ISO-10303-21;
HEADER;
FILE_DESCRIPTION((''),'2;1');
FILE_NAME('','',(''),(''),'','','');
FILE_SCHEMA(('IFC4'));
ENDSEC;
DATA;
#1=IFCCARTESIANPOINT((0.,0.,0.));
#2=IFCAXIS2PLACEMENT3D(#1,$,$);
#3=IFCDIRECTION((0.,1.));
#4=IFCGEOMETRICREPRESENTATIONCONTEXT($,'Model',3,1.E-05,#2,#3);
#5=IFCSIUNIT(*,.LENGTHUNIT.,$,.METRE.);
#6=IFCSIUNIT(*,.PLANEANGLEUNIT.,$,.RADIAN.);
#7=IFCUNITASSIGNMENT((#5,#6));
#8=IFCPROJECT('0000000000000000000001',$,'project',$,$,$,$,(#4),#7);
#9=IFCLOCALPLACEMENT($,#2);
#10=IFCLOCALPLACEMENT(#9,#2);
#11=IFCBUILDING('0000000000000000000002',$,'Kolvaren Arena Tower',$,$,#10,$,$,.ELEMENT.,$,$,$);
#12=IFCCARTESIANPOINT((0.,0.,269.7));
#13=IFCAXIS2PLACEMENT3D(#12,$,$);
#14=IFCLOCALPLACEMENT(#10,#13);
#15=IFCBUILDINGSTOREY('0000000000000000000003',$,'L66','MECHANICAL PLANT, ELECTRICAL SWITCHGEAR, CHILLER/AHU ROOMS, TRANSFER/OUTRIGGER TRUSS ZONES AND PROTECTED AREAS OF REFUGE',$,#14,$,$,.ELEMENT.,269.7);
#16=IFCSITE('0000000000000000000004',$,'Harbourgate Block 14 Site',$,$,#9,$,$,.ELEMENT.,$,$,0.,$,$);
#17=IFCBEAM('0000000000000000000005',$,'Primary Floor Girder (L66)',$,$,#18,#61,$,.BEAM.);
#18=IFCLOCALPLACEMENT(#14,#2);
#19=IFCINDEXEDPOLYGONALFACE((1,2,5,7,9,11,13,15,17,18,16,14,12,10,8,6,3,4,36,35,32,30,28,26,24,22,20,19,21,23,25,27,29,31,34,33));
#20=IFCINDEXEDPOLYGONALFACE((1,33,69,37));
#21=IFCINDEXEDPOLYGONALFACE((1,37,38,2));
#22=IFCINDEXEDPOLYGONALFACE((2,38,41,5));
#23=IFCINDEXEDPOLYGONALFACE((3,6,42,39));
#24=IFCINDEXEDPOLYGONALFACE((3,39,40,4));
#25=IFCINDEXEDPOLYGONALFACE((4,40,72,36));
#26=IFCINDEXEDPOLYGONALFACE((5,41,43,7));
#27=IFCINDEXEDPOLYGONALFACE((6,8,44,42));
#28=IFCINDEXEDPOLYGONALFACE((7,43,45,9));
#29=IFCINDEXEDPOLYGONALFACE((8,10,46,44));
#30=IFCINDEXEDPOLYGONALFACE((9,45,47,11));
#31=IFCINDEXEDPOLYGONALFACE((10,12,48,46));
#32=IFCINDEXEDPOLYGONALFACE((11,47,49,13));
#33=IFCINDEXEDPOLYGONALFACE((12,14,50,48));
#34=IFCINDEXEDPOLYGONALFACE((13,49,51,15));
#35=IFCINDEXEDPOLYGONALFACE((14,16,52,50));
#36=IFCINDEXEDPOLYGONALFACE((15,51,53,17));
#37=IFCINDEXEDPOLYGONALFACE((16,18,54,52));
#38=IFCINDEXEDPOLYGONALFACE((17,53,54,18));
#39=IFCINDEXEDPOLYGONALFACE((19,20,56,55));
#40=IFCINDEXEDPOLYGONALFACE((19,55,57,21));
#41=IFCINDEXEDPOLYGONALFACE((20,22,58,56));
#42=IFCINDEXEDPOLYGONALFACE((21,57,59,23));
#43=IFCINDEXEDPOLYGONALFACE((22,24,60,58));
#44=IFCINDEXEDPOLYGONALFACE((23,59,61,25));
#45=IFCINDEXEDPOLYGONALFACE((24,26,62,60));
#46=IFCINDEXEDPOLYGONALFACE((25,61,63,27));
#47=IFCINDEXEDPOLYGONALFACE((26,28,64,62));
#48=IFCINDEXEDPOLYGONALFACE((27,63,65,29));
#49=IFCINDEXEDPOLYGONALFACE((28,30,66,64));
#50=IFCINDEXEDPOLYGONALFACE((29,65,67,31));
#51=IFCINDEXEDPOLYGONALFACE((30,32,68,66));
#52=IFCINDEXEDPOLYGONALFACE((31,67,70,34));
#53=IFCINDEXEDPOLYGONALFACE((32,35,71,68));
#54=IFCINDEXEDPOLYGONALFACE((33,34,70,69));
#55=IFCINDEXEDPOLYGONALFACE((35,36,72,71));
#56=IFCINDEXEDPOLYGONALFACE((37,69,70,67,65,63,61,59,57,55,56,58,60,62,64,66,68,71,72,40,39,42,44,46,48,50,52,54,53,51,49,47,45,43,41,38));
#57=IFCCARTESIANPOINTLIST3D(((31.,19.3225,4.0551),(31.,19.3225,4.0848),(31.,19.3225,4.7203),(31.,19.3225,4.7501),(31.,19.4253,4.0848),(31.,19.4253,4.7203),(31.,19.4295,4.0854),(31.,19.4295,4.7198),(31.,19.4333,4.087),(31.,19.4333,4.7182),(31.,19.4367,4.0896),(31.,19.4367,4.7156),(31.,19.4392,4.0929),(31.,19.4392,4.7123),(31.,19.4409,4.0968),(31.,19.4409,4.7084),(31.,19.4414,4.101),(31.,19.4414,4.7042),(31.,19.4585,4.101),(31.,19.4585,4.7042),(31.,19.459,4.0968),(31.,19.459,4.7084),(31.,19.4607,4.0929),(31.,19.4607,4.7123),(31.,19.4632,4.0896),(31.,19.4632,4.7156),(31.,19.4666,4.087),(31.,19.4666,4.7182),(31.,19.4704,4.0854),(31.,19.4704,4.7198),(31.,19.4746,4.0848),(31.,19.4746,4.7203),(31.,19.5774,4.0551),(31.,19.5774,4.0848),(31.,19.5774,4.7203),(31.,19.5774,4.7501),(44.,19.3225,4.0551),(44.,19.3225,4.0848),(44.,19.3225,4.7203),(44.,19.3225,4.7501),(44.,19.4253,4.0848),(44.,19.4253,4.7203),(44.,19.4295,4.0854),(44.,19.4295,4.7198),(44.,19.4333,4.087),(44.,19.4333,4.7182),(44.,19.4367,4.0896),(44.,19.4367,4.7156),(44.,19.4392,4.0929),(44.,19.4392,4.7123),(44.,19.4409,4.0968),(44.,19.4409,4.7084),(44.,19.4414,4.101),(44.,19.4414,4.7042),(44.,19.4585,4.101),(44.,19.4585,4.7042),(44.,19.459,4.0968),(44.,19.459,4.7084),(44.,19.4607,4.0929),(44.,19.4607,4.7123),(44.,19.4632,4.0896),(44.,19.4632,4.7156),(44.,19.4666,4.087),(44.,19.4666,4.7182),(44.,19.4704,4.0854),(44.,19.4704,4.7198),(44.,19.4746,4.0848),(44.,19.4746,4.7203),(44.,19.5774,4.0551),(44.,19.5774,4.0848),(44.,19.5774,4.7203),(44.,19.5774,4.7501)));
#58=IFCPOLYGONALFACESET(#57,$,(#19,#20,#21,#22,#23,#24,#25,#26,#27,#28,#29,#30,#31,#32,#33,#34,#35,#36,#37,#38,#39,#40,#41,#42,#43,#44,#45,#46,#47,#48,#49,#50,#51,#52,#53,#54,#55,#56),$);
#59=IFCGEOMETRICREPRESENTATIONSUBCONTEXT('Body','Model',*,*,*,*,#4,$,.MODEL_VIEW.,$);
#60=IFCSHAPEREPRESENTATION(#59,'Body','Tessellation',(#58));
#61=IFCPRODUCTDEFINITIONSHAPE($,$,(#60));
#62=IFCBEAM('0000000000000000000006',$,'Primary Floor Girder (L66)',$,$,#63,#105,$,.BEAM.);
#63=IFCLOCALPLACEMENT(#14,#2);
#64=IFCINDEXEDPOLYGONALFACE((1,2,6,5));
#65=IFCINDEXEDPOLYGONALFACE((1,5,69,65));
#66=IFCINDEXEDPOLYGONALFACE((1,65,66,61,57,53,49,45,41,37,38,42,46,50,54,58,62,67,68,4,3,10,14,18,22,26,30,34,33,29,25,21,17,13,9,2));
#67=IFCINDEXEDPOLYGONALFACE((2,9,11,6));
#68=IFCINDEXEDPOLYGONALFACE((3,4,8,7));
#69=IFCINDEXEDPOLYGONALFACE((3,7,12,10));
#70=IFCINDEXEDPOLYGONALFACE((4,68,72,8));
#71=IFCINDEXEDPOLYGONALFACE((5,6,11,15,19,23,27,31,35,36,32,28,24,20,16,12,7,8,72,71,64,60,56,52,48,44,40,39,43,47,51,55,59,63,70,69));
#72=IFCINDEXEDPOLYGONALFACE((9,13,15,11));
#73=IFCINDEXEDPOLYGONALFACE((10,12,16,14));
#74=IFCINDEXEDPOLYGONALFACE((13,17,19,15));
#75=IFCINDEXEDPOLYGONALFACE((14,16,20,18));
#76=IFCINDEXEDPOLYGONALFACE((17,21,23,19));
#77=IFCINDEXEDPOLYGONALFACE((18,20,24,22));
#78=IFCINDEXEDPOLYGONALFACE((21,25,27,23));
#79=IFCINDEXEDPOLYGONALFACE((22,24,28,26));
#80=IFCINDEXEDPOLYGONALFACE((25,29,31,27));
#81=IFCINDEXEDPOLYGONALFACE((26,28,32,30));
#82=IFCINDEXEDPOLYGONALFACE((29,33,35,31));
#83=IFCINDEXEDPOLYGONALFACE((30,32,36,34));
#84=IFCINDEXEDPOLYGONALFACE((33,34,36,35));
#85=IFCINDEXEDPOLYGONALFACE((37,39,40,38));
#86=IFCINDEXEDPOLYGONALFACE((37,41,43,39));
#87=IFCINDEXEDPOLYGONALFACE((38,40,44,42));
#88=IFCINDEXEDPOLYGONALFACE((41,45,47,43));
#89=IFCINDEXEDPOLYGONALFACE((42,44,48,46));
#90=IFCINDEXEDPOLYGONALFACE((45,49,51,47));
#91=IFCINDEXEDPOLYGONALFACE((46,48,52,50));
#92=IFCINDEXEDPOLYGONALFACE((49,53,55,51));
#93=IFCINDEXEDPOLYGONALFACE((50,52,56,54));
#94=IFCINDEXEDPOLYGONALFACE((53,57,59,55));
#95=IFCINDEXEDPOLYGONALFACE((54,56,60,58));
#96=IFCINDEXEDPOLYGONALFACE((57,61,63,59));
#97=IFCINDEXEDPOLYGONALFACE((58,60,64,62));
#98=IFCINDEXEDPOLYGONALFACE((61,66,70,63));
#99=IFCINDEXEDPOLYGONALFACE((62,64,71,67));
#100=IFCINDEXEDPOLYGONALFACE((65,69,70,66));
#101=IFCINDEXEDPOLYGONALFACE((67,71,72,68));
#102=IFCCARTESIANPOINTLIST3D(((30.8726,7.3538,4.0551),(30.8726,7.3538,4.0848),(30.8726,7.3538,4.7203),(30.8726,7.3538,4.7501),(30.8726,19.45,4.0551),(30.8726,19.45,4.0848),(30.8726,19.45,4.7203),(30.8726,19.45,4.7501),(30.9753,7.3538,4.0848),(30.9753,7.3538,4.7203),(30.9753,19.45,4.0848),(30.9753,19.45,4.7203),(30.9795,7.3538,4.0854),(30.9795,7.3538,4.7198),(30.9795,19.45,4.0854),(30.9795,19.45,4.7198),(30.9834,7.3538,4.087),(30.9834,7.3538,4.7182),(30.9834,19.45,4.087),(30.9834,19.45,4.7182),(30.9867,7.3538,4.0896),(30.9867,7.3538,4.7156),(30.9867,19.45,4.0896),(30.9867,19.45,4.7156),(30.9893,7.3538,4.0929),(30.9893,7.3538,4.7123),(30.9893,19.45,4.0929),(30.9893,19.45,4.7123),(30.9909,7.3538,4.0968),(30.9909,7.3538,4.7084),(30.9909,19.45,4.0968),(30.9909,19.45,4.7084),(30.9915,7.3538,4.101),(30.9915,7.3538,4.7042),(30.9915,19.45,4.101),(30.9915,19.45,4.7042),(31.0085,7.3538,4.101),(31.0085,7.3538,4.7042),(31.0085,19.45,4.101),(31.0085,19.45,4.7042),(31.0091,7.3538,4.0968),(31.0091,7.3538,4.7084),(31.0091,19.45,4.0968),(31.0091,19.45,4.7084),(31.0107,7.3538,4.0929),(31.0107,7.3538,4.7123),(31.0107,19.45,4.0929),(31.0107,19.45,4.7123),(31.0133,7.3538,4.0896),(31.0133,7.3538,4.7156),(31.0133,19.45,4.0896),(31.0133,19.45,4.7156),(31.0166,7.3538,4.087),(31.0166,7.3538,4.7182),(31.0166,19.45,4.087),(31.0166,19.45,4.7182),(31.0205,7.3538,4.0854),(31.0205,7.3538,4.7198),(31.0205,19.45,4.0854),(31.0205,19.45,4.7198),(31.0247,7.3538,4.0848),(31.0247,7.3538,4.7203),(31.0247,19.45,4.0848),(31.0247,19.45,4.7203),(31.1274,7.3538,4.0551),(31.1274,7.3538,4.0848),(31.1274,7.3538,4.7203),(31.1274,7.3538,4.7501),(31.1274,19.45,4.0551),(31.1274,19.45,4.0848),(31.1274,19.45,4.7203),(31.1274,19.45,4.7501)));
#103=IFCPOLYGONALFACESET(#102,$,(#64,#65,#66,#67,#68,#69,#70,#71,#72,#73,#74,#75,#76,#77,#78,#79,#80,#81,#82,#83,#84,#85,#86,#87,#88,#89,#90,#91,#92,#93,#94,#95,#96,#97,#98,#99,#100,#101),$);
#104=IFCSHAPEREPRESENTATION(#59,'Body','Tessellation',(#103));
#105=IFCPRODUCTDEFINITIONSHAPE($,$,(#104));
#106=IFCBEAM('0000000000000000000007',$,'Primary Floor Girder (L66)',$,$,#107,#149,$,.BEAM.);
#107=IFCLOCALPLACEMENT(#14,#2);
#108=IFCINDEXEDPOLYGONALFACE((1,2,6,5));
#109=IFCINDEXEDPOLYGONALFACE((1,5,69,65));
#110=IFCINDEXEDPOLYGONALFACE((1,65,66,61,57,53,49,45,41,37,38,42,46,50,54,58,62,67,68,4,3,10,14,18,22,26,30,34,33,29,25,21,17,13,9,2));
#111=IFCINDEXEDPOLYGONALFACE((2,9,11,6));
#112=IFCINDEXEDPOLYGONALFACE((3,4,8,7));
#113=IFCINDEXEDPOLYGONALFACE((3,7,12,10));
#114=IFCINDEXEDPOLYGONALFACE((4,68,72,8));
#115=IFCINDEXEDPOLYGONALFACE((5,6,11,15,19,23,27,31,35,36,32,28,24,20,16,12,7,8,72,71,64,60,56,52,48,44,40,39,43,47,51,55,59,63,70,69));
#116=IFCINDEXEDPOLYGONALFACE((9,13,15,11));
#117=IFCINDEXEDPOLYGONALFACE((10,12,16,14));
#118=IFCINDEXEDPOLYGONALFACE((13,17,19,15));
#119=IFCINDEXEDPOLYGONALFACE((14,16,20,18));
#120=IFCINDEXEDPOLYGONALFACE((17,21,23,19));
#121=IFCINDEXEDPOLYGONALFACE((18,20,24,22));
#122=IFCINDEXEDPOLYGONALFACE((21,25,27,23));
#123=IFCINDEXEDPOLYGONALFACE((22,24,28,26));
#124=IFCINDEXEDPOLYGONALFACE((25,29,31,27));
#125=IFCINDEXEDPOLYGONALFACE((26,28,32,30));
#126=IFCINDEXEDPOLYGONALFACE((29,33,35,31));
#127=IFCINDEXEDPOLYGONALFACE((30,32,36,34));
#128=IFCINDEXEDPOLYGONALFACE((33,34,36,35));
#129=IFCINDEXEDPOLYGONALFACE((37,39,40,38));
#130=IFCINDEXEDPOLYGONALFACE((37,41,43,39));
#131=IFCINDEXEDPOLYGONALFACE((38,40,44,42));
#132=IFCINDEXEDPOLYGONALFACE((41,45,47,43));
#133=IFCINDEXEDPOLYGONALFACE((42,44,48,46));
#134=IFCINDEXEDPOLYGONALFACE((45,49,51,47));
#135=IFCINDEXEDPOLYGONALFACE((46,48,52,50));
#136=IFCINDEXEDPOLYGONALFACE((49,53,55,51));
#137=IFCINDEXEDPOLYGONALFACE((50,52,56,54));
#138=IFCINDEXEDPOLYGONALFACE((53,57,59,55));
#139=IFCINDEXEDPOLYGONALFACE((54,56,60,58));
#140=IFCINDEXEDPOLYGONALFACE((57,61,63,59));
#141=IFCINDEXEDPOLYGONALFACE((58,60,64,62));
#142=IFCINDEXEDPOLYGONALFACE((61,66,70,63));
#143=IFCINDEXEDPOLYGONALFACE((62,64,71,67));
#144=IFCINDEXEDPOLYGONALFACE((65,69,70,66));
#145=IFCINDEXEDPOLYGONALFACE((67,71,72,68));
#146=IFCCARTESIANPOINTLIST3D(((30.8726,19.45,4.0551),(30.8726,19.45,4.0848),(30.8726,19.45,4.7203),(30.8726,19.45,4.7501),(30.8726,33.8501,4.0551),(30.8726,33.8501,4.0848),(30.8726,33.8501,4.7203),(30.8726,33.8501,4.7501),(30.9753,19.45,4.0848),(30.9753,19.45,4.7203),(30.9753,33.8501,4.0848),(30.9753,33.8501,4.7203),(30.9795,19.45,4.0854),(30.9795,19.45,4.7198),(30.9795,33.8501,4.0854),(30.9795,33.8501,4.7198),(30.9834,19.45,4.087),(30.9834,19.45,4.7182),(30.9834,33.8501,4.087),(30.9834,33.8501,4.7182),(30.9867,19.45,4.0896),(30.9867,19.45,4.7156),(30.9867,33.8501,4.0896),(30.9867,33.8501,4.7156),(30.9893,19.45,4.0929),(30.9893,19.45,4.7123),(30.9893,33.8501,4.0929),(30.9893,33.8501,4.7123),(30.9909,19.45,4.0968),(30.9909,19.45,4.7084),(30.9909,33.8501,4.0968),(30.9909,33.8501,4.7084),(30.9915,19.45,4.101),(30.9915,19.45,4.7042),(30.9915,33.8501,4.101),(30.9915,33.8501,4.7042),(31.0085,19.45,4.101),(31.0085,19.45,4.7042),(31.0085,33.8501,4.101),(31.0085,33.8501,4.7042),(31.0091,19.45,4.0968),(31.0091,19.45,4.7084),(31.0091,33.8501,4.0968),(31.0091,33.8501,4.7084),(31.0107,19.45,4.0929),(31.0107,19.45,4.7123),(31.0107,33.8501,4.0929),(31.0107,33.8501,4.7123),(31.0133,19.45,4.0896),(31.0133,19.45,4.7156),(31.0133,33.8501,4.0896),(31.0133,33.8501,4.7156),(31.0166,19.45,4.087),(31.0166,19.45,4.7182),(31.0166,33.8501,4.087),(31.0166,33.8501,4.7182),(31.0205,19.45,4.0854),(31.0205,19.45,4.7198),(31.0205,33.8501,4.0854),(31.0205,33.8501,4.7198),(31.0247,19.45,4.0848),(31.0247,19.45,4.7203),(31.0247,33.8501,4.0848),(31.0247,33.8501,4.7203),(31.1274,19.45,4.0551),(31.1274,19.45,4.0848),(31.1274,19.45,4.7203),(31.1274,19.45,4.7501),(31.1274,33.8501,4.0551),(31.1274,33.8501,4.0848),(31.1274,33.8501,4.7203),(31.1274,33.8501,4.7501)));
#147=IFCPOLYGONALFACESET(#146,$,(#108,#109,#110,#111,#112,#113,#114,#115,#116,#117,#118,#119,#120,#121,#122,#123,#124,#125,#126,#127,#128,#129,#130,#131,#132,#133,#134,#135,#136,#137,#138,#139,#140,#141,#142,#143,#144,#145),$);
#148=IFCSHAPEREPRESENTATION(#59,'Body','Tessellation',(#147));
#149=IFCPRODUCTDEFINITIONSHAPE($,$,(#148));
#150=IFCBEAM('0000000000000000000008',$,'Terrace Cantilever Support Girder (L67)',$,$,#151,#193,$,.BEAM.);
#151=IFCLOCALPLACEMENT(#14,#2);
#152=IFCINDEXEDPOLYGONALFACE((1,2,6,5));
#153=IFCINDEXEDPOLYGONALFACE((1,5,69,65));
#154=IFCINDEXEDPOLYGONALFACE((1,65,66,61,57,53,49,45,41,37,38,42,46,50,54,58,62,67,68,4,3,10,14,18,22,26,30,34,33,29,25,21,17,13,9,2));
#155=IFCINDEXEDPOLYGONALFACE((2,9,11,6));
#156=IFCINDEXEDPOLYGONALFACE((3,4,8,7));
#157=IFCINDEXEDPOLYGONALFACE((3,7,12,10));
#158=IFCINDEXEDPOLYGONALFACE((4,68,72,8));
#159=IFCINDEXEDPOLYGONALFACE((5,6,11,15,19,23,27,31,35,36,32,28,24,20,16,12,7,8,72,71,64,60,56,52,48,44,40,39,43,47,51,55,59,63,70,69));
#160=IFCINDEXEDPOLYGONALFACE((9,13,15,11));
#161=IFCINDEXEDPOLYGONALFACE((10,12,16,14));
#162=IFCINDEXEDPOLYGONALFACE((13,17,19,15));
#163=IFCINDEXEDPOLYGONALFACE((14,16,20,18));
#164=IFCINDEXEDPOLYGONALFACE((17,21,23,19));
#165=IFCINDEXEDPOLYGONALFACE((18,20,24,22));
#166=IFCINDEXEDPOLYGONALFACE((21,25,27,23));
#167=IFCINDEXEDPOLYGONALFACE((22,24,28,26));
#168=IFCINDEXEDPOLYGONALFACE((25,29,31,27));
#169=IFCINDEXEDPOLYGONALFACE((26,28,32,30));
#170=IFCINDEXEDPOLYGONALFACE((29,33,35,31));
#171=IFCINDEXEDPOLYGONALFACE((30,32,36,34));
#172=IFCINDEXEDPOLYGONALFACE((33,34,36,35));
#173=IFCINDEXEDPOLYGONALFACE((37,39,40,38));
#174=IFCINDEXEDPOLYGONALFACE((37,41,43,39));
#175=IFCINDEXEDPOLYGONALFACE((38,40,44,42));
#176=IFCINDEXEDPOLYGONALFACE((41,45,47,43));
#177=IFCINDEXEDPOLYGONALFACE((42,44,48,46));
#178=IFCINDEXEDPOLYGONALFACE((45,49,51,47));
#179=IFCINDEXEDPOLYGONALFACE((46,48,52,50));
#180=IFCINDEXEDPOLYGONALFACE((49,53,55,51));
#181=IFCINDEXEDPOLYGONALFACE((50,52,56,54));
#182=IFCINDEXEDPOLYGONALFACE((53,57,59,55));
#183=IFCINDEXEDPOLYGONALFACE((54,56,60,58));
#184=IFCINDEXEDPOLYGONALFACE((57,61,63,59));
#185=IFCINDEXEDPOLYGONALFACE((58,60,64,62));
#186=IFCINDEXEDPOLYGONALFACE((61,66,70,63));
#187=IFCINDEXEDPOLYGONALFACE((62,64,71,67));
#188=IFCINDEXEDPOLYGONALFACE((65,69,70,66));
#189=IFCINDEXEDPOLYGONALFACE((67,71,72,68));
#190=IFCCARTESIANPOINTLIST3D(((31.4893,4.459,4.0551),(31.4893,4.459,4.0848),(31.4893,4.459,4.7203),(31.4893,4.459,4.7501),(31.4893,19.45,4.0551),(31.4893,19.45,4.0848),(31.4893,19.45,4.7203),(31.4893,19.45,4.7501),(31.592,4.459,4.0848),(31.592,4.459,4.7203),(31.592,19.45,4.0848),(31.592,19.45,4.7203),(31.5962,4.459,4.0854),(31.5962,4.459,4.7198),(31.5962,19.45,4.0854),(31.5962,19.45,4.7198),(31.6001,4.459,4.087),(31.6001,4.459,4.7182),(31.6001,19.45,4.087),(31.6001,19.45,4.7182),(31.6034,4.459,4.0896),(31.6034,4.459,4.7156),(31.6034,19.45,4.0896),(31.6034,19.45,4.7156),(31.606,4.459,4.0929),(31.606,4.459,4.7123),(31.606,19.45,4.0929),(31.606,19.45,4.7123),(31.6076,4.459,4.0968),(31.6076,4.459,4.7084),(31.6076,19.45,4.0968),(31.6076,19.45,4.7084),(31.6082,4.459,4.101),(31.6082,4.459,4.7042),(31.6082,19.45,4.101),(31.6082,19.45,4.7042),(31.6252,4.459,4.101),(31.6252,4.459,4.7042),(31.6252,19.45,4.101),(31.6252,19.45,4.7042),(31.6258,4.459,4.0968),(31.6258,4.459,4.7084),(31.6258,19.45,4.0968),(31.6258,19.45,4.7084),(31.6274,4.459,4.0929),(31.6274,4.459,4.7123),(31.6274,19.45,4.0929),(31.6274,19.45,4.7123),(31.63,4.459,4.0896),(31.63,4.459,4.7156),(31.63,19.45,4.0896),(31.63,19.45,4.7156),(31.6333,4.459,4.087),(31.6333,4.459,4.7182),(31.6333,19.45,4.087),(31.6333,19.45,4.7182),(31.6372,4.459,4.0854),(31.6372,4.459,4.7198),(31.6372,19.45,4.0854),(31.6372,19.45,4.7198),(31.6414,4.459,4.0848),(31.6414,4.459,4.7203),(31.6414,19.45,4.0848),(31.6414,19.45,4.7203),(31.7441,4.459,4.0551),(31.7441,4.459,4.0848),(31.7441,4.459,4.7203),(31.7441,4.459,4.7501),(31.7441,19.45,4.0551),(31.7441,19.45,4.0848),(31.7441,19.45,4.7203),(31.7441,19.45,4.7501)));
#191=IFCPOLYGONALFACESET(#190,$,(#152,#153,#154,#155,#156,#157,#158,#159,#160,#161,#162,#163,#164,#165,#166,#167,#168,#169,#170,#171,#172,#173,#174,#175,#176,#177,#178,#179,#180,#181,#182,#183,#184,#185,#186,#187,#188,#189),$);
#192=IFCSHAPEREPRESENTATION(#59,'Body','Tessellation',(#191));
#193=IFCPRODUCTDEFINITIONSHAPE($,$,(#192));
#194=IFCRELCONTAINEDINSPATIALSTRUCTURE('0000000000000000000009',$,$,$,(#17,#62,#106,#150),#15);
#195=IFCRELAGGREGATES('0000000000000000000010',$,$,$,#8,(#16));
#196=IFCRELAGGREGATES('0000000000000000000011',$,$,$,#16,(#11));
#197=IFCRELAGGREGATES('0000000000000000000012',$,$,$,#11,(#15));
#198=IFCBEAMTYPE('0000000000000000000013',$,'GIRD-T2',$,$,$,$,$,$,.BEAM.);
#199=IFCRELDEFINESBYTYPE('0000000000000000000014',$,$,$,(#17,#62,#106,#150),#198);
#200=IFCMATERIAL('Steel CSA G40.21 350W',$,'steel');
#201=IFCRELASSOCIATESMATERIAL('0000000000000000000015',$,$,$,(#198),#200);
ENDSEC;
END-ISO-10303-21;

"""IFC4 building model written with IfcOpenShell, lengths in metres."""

from ifc_helpers import new_model, si_unit, direction, frame, origin, origin_2d, place, context, subcontext, project, spatial, i_section, extrude, material, material_profile, profile_set, type_object, element, save


model = new_model("IFC4")

# Units and contexts
model_context = context("Model", 3, precision=1e-05, world=origin(), true_north=direction((0.0, 1.0)))
body_context = subcontext(model_context, "Body", "Model", "MODEL_VIEW")
ifc_project = project(units=[si_unit("LENGTHUNIT", "METRE"), si_unit("PLANEANGLEUNIT", "RADIAN")], contexts=[model_context])

# Site, building, storey
site_placement = place(None, origin())
site = spatial("IfcSite", under=ifc_project, at=site_placement, Name="Harbourgate Block 14 Site", CompositionType="ELEMENT", RefElevation=0.0)
building_placement = place(site_placement, origin())
building = spatial("IfcBuilding", under=site, at=building_placement, Name="Kolvaren Arena Tower", CompositionType="ELEMENT")
storey_placement = place(building_placement, frame((0.0, 0.0, 269.7)))
storey = spatial("IfcBuildingStorey", under=building, at=storey_placement, Name="L66", Description="MECHANICAL PLANT, ELECTRICAL SWITCHGEAR, CHILLER/AHU ROOMS, TRANSFER/OUTRIGGER TRUSS ZONES AND PROTECTED AREAS OF REFUGE", CompositionType="ELEMENT", Elevation=269.7)

# Beams
ifc_material_1 = material(Name="Steel CSA G40.21 350W", Category="steel")
ifc_material_profile_1 = material_profile(ifc_material_1, i_section(OverallWidth=0.2549, OverallDepth=0.6951, WebThickness=0.0171, FlangeThickness=0.0298, FilletRadius=0.0161, at=origin_2d()), Name="W690x217")
ifc_profile_set_1 = profile_set([ifc_material_profile_1], Name="Steel CSA G40.21 350W")
beam_type_1 = type_object("IfcBeamType", Name="GIRD-T2", PredefinedType="BEAM", material=ifc_profile_set_1)
beam_1_placement = place(storey_placement, frame((31.0, 19.45, 4.4026), z_axis=(1.0, 0.0, 0.0), x_axis=(0.0, 1.0, 0.0)))
element("IfcBeam", 1, at=beam_1_placement, inside=storey, type_object=beam_type_1, Name="Primary Floor Girder (L66)", PredefinedType="BEAM", context=body_context, shape_type="SweptSolid", body=[
    extrude(i_section(OverallWidth=0.2549, OverallDepth=0.6951, WebThickness=0.0171, FlangeThickness=0.0298, FilletRadius=0.0161, at=origin_2d()), origin(), (0.0, 0.0, 1.0), 13.0),
])
beam_2_placement = place(storey_placement, frame((31.0, 7.3538, 4.4026), z_axis=(0.0, 1.0, 0.0), x_axis=(-1.0, 0.0, 0.0)))
element("IfcBeam", 2, at=beam_2_placement, inside=storey, type_object=beam_type_1, Name="Primary Floor Girder (L66)", PredefinedType="BEAM", context=body_context, shape_type="SweptSolid", body=[
    extrude(i_section(OverallWidth=0.2549, OverallDepth=0.6951, WebThickness=0.0171, FlangeThickness=0.0298, FilletRadius=0.0161, at=origin_2d()), origin(), (0.0, 0.0, 1.0), 12.0962),
])
beam_3_placement = place(storey_placement, frame((31.0, 19.45, 4.4026), z_axis=(0.0, 1.0, 0.0), x_axis=(-1.0, 0.0, 0.0)))
element("IfcBeam", 3, at=beam_3_placement, inside=storey, type_object=beam_type_1, Name="Primary Floor Girder (L66)", PredefinedType="BEAM", context=body_context, shape_type="SweptSolid", body=[
    extrude(i_section(OverallWidth=0.2549, OverallDepth=0.6951, WebThickness=0.0171, FlangeThickness=0.0298, FilletRadius=0.0161, at=origin_2d()), origin(), (0.0, 0.0, 1.0), 14.4001),
])
beam_4_placement = place(storey_placement, frame((31.6167, 19.45, 4.4026), z_axis=(0.0, -1.0, 0.0), x_axis=(1.0, 0.0, 0.0)))
element("IfcBeam", 4, at=beam_4_placement, inside=storey, type_object=beam_type_1, Name="Terrace Cantilever Support Girder (L67)", PredefinedType="BEAM", context=body_context, shape_type="SweptSolid", body=[
    extrude(i_section(OverallWidth=0.2549, OverallDepth=0.6951, WebThickness=0.0171, FlangeThickness=0.0298, FilletRadius=0.0161, at=origin_2d()), origin(), (0.0, 0.0, 1.0), 14.991),
])

save(model, "model.ifc")
